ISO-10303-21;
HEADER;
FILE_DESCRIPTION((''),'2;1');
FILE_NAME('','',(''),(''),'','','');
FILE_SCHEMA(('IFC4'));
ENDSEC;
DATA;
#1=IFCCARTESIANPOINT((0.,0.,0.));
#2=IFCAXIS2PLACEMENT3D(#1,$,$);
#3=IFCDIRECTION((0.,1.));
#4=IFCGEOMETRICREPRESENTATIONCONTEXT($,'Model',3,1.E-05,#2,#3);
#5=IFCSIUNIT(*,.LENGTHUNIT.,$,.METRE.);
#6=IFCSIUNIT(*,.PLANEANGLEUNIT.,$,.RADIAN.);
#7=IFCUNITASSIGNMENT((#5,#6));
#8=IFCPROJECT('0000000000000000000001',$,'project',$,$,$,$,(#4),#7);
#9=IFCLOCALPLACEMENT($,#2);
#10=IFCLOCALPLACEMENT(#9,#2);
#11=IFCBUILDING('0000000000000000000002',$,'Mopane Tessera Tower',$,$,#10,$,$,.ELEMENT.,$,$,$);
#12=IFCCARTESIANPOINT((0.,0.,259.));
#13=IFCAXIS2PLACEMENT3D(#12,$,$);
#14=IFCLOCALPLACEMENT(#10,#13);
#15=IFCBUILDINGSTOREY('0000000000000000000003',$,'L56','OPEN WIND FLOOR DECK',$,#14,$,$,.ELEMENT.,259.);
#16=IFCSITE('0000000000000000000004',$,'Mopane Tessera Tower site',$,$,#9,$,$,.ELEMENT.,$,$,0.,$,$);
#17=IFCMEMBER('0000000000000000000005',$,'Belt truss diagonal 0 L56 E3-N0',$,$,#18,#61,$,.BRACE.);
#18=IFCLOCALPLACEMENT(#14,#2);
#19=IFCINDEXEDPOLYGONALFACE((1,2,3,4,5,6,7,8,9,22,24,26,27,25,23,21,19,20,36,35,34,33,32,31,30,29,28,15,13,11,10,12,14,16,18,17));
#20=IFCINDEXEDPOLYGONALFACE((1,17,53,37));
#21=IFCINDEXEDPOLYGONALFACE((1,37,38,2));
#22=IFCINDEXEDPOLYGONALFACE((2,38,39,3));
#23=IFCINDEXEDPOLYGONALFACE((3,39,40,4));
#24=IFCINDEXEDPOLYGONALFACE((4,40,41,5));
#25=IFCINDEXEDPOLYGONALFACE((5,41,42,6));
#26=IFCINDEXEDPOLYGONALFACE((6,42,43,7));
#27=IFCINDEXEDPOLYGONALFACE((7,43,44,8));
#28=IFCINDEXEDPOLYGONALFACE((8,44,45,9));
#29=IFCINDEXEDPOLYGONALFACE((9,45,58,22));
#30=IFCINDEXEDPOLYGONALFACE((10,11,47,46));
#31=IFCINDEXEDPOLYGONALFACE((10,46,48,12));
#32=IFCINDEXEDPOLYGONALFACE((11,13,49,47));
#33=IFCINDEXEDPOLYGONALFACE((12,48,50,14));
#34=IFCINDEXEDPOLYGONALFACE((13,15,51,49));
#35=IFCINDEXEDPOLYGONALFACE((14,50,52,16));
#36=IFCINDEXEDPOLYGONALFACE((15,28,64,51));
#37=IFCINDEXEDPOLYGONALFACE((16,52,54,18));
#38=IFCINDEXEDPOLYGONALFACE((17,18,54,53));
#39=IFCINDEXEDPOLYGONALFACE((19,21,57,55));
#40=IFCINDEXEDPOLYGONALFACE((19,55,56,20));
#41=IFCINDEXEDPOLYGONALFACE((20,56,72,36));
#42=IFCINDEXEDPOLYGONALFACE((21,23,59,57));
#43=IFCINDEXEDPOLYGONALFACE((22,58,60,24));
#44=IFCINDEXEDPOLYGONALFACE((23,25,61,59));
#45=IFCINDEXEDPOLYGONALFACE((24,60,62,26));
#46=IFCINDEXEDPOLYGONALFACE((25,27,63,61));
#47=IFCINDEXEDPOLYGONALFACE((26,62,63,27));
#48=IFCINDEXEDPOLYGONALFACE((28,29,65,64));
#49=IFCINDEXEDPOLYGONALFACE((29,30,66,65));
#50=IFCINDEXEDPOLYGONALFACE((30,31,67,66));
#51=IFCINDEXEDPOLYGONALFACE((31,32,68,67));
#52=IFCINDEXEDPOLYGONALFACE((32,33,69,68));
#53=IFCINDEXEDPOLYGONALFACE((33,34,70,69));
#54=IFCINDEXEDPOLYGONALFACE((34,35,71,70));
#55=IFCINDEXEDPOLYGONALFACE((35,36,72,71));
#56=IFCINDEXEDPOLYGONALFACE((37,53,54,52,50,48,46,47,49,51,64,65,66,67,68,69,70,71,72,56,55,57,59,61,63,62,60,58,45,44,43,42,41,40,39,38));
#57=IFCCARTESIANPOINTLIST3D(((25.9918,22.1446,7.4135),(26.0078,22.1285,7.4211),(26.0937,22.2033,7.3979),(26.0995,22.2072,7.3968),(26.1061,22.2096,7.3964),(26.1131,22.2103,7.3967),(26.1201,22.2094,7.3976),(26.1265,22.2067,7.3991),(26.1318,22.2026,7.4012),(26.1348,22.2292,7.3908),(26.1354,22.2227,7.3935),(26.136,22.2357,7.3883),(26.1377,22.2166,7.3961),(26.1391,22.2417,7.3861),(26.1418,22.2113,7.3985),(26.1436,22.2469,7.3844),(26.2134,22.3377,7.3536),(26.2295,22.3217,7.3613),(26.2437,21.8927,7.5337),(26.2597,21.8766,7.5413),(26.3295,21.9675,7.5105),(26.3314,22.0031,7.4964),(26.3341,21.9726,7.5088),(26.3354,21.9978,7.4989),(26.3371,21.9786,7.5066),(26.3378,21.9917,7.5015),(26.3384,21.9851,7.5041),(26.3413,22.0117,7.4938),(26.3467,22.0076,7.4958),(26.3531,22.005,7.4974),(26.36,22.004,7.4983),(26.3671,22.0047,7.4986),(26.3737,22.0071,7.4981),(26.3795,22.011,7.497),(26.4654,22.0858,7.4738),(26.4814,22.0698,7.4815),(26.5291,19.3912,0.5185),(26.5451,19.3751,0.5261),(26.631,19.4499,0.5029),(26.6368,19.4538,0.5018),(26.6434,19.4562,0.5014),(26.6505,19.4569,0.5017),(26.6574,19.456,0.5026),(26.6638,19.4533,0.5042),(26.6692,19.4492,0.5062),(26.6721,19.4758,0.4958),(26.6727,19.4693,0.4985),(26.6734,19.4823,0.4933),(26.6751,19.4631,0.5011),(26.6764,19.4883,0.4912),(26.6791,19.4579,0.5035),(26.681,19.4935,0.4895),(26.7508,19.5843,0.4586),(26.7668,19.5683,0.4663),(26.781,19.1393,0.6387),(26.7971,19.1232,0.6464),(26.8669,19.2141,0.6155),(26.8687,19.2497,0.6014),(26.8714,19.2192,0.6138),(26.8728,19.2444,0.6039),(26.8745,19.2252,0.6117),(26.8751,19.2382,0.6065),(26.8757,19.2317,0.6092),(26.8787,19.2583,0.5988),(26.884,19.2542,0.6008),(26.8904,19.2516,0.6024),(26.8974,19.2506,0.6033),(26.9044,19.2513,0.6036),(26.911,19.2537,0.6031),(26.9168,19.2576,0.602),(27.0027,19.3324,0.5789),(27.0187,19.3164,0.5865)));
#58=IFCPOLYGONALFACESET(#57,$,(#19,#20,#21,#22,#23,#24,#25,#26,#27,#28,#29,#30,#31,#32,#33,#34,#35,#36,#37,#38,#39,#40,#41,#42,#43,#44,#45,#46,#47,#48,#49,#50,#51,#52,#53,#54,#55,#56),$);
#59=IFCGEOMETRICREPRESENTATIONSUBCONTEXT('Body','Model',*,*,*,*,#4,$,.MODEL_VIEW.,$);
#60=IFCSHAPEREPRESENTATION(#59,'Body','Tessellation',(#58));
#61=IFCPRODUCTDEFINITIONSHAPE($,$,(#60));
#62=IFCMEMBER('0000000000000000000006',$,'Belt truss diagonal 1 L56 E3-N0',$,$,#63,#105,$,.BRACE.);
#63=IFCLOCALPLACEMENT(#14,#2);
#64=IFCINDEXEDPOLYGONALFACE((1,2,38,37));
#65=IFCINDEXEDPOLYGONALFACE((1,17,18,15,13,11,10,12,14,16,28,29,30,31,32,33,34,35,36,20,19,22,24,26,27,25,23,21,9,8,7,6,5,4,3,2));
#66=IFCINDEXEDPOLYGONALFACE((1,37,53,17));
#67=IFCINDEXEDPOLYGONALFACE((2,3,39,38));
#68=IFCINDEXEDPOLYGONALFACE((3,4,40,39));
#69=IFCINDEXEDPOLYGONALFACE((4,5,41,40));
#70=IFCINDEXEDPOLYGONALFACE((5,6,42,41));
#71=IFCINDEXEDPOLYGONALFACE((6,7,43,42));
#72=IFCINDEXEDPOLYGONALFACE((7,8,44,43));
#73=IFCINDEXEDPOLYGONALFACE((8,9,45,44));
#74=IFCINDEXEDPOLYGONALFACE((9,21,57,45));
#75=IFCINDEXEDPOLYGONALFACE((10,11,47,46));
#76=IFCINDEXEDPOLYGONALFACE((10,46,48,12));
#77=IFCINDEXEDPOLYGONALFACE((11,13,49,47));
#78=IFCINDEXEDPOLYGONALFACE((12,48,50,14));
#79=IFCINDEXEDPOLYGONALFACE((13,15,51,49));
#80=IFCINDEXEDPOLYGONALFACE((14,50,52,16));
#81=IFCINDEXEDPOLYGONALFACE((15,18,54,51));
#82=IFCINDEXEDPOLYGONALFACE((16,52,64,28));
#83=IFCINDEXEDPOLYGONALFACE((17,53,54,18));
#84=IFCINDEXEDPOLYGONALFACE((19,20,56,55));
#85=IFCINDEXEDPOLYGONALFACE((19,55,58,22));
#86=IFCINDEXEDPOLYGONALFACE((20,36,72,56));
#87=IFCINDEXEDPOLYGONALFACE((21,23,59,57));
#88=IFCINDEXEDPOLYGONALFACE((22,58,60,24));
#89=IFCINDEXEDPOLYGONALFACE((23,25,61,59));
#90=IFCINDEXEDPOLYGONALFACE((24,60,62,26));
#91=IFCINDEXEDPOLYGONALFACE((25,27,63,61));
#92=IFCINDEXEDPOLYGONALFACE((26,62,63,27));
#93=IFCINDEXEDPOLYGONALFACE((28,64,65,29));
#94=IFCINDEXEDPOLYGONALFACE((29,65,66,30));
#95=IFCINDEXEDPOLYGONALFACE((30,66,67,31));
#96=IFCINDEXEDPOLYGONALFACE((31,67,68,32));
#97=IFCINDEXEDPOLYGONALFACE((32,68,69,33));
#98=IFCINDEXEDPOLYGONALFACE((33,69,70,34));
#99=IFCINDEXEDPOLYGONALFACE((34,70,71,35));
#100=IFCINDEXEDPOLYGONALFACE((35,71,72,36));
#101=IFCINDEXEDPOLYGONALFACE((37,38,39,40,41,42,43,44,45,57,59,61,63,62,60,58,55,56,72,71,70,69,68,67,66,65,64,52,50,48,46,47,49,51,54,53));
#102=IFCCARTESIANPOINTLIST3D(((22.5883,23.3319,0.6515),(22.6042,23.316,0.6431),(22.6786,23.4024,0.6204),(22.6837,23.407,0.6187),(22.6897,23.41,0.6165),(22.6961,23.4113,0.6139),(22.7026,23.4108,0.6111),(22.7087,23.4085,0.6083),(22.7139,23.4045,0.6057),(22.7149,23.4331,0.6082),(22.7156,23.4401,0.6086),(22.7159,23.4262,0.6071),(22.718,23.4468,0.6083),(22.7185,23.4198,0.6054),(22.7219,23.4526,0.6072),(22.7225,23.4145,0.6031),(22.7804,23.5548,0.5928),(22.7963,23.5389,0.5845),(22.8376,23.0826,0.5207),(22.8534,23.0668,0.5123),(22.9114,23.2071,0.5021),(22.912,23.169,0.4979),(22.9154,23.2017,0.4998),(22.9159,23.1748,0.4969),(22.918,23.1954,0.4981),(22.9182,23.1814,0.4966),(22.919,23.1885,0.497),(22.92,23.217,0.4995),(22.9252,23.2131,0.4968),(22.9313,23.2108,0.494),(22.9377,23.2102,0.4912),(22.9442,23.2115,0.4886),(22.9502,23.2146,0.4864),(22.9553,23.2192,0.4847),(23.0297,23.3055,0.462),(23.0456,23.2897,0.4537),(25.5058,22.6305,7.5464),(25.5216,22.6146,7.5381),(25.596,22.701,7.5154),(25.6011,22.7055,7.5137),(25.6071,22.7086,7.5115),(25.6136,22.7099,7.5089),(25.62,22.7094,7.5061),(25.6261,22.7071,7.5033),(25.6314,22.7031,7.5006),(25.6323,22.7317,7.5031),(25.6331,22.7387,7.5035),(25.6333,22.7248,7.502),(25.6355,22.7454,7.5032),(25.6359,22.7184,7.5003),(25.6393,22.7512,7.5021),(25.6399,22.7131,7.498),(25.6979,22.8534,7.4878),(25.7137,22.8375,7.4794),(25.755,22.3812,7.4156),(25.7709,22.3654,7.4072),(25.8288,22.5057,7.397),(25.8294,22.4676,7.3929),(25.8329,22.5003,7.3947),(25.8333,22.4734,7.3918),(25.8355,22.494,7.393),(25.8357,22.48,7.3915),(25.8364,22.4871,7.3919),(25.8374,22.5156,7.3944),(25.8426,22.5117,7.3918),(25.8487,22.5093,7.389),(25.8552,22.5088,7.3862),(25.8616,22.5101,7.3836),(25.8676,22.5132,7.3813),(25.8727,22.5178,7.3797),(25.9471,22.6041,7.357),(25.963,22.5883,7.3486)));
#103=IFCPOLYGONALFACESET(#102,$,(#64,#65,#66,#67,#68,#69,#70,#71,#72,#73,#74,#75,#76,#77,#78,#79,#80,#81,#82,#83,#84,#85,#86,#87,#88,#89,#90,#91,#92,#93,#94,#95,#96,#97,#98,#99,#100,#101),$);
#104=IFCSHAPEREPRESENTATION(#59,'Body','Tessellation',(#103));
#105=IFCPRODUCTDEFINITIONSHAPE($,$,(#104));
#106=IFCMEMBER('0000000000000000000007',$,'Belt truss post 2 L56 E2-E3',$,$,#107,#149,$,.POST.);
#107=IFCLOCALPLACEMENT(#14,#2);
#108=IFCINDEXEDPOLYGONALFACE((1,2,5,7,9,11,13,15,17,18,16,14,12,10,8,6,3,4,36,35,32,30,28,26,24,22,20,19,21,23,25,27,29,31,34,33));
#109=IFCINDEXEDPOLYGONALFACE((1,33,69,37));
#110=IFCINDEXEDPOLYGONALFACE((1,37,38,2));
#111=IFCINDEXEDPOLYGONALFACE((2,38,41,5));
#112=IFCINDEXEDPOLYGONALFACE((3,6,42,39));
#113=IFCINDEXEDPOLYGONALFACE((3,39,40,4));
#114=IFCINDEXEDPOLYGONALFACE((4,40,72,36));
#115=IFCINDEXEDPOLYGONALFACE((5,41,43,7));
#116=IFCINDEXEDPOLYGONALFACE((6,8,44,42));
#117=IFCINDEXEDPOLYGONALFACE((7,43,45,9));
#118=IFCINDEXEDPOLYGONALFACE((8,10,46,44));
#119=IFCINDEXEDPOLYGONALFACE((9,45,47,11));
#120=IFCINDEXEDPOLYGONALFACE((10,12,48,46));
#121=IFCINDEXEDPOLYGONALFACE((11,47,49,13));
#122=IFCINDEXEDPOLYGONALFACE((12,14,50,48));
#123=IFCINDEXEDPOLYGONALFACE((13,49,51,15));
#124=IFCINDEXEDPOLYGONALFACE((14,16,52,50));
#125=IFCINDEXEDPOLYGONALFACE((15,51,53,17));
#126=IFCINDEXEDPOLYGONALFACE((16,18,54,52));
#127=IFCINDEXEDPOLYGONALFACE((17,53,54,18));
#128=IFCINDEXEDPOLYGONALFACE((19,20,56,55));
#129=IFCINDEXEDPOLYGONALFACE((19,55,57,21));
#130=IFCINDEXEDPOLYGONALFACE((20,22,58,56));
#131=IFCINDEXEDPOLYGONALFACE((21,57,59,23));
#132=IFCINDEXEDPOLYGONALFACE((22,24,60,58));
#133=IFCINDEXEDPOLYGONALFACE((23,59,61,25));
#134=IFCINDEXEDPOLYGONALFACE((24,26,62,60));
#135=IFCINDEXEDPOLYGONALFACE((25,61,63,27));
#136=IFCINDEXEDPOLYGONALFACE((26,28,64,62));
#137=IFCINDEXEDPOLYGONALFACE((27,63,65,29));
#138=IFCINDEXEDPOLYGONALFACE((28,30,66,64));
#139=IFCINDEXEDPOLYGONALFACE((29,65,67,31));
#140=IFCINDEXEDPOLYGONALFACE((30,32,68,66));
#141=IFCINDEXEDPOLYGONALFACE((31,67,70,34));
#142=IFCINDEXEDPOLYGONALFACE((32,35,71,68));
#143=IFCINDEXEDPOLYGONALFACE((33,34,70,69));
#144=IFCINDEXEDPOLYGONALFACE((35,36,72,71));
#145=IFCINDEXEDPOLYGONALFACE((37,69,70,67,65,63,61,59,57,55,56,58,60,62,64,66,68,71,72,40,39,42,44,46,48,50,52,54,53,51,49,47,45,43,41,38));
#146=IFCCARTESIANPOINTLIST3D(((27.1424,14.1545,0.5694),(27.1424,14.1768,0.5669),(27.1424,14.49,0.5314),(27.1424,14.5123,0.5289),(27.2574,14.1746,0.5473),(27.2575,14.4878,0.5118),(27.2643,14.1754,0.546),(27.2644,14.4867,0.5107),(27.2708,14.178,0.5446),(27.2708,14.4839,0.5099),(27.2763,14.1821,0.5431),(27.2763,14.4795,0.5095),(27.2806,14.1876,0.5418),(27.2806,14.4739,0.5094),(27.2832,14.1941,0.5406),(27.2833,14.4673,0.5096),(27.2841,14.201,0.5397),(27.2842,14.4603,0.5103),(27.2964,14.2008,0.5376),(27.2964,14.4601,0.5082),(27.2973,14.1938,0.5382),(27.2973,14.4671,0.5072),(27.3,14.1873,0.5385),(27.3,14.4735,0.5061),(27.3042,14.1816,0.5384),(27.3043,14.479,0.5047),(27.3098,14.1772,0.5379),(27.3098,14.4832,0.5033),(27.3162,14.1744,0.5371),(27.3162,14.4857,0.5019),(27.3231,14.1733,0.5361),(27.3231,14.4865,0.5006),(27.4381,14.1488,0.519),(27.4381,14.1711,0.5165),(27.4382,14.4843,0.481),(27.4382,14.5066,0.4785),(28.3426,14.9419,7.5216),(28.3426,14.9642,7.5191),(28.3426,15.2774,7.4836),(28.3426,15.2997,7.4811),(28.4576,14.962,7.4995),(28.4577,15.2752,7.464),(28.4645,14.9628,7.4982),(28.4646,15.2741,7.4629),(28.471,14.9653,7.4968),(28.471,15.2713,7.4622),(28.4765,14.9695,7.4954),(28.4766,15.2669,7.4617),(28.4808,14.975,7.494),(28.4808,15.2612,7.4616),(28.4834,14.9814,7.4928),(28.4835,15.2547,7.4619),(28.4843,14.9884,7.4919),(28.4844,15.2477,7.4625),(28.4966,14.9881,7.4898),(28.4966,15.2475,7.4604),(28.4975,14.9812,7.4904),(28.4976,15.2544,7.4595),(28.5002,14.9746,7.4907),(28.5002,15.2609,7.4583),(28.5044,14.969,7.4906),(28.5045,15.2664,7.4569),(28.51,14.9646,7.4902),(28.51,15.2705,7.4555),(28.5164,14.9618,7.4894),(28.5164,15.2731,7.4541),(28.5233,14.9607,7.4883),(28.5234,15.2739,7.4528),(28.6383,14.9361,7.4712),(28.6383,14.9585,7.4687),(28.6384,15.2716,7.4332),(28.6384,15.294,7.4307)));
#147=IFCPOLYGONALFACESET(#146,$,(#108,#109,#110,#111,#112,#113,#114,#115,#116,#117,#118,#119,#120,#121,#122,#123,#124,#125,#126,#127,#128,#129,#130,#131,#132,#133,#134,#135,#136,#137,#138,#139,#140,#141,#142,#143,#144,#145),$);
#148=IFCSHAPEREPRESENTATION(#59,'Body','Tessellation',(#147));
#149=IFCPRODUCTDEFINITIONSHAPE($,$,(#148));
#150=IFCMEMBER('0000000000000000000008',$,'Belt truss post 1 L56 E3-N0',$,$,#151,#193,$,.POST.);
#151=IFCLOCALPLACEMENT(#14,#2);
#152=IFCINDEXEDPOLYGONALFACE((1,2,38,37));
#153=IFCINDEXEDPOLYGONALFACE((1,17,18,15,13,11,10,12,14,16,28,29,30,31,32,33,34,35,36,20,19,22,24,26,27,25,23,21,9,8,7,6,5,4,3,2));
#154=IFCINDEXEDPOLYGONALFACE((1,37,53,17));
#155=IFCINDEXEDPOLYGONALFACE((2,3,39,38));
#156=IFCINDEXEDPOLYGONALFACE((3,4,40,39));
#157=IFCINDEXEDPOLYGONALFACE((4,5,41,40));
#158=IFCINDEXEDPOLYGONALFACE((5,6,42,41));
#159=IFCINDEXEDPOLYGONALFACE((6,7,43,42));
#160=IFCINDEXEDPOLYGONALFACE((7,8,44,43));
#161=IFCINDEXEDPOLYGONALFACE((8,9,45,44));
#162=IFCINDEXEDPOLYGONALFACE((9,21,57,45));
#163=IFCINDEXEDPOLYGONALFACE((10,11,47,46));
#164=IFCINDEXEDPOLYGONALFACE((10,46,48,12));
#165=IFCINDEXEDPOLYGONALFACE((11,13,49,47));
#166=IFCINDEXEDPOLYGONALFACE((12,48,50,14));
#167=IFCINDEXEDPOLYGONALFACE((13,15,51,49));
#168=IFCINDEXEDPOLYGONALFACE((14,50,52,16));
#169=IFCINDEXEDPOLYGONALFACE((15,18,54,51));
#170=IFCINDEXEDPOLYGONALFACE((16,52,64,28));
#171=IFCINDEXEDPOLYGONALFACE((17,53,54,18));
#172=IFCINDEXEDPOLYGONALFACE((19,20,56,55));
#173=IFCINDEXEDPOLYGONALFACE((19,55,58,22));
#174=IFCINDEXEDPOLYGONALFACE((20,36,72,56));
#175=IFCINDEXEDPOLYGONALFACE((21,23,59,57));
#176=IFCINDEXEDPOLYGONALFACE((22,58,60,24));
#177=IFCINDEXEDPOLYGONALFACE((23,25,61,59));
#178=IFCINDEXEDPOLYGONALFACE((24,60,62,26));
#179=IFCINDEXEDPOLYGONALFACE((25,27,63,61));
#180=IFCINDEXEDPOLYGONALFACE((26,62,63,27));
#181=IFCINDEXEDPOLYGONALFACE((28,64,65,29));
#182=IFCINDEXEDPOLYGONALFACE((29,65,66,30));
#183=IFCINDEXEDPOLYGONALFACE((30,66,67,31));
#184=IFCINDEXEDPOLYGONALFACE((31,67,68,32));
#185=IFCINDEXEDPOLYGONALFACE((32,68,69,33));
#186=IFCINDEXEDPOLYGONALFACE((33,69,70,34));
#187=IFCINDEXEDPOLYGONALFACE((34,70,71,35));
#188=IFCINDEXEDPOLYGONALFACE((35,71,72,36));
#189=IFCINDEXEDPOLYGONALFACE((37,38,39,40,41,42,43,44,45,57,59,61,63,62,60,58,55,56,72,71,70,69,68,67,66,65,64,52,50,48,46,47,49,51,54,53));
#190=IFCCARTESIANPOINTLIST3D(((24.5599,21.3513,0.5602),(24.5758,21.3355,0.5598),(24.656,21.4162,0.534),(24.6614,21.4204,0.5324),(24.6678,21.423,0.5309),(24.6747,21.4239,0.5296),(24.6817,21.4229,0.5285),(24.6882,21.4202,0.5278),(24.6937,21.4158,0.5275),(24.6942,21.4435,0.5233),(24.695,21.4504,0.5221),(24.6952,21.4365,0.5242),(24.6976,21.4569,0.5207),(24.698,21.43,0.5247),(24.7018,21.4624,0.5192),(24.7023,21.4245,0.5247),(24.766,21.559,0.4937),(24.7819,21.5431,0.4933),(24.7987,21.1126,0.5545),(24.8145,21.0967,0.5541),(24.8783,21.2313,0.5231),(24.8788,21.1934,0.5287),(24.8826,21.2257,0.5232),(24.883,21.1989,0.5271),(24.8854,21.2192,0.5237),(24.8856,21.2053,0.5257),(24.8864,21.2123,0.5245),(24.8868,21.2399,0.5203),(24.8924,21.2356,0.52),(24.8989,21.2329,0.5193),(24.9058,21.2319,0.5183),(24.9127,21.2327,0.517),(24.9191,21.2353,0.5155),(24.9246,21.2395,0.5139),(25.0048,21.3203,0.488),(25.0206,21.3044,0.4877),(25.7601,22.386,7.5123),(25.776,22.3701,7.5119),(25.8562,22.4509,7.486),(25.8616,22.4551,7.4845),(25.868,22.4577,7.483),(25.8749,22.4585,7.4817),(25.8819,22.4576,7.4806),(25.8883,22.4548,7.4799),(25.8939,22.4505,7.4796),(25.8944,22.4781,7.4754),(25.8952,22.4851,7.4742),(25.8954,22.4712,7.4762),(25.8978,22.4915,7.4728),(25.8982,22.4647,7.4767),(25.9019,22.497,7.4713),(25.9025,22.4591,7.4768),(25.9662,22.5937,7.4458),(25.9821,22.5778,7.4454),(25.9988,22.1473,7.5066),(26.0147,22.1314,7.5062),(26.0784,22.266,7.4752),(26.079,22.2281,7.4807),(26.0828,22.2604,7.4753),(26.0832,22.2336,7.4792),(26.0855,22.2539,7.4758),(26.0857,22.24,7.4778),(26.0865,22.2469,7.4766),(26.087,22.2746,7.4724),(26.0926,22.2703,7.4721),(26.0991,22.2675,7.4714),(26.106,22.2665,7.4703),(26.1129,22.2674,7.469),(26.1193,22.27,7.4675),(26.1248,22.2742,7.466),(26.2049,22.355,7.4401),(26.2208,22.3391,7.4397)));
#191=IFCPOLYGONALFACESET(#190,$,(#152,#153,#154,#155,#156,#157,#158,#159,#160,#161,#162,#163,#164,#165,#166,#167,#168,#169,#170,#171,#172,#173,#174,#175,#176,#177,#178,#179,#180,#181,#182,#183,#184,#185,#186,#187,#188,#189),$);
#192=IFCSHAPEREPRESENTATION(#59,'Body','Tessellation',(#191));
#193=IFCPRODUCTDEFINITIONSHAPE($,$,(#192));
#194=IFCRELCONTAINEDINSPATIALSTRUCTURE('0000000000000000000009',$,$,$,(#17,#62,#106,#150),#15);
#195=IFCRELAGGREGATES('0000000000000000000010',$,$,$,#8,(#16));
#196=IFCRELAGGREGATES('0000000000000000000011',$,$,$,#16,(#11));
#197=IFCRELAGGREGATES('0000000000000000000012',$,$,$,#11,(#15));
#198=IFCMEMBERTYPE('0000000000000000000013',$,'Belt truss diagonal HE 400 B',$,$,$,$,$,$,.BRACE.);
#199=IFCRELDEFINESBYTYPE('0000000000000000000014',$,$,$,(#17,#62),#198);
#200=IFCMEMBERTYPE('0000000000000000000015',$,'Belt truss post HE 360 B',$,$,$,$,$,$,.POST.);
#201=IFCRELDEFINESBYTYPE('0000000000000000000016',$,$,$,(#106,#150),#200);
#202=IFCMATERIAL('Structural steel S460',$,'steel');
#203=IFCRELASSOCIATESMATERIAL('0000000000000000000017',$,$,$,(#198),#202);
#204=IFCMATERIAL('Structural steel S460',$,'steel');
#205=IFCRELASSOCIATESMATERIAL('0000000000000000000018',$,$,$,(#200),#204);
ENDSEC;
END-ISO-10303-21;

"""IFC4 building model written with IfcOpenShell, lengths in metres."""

from ifc_helpers import new_model, si_unit, direction, frame, origin, origin_2d, place, context, subcontext, project, spatial, i_section, extrude, material, material_profile, profile_set, type_object, element, save


model = new_model("IFC4")

# Units and contexts
model_context = context("Model", 3, precision=1e-05, world=origin(), true_north=direction((0.0, 1.0)))
body_context = subcontext(model_context, "Body", "Model", "MODEL_VIEW")
ifc_project = project(units=[si_unit("LENGTHUNIT", "METRE"), si_unit("PLANEANGLEUNIT", "RADIAN")], contexts=[model_context])

# Site, building, storey
site_placement = place(None, origin())
site = spatial("IfcSite", under=ifc_project, at=site_placement, Name="Mopane Tessera Tower site", CompositionType="ELEMENT", RefElevation=0.0)
building_placement = place(site_placement, origin())
building = spatial("IfcBuilding", under=site, at=building_placement, Name="Mopane Tessera Tower", CompositionType="ELEMENT")
storey_placement = place(building_placement, frame((0.0, 0.0, 259.0)))
storey = spatial("IfcBuildingStorey", under=building, at=storey_placement, Name="L56", Description="OPEN WIND FLOOR DECK", CompositionType="ELEMENT", Elevation=259.0)

# Members
ifc_material_1 = material(Name="Structural steel S460", Category="steel")
ifc_material_profile_1 = material_profile(ifc_material_1, i_section(OverallWidth=0.3, OverallDepth=0.3999, WebThickness=0.0134, FlangeThickness=0.0239, FilletRadius=0.0271, at=origin_2d()))
ifc_profile_set_1 = profile_set([ifc_material_profile_1], Name="Structural steel S460")
member_type_1 = type_object("IfcMemberType", Name="Belt truss diagonal HE 400 B", PredefinedType="BRACE", material=ifc_profile_set_1)
member_1_placement = place(storey_placement, frame((26.7739, 19.3538, 0.5525), z_axis=(-0.072187, 0.36989, 0.926267), x_axis=(-0.738837, -0.643687, 0.199466)))
element("IfcMember", 1, at=member_1_placement, inside=storey, type_object=member_type_1, Name="Belt truss diagonal 0 L56 E3-N0", PredefinedType="BRACE", context=body_context, shape_type="SweptSolid", body=[
    extrude(i_section(OverallWidth=0.3, OverallDepth=0.3999, WebThickness=0.0134, FlangeThickness=0.0239, FilletRadius=0.0271, at=origin_2d()), origin(), (0.0, 0.0, 1.0), 7.4438),
])
member_2_placement = place(storey_placement, frame((25.7344, 22.6094, 7.4475), z_axis=(-0.387981, 0.093278, -0.916935), x_axis=(-0.640323, -0.742843, 0.195371)))
element("IfcMember", 2, at=member_2_placement, inside=storey, type_object=member_type_1, Name="Belt truss diagonal 1 L56 E3-N0", PredefinedType="BRACE", context=body_context, shape_type="SweptSolid", body=[
    extrude(i_section(OverallWidth=0.3, OverallDepth=0.3999, WebThickness=0.0134, FlangeThickness=0.0239, FilletRadius=0.0271, at=origin_2d()), origin(), (0.0, 0.0, 1.0), 7.5195),
])
ifc_material_2 = material(Name="Structural steel S460", Category="steel")
ifc_material_profile_2 = material_profile(ifc_material_2, i_section(OverallWidth=0.3, OverallDepth=0.3601, WebThickness=0.0125, FlangeThickness=0.0225, FilletRadius=0.0271, at=origin_2d()))
ifc_profile_set_2 = profile_set([ifc_material_profile_2], Name="Structural steel S460")
member_type_2 = type_object("IfcMemberType", Name="Belt truss post HE 360 B", PredefinedType="POST", material=ifc_profile_set_2)
member_3_placement = place(storey_placement, frame((27.2903, 14.3306, 0.5239), z_axis=(0.169071, 0.110914, 0.979343), x_axis=(-0.985604, 0.019141, 0.167984)))
element("IfcMember", 3, at=member_3_placement, inside=storey, type_object=member_type_2, Name="Belt truss post 2 L56 E2-E3", PredefinedType="POST", context=body_context, shape_type="SweptSolid", body=[
    extrude(i_section(OverallWidth=0.3, OverallDepth=0.3601, WebThickness=0.0125, FlangeThickness=0.0225, FilletRadius=0.0271, at=origin_2d()), origin(), (0.0, 0.0, 1.0), 7.0989),
])
member_4_placement = place(storey_placement, frame((24.7903, 21.3279, 0.5239), z_axis=(0.16832, 0.145105, 0.974994), x_axis=(-0.686891, -0.692154, 0.221594)))
element("IfcMember", 4, at=member_4_placement, inside=storey, type_object=member_type_2, Name="Belt truss post 1 L56 E3-N0", PredefinedType="POST", context=body_context, shape_type="SweptSolid", body=[
    extrude(i_section(OverallWidth=0.3, OverallDepth=0.3601, WebThickness=0.0125, FlangeThickness=0.0225, FilletRadius=0.0271, at=origin_2d()), origin(), (0.0, 0.0, 1.0), 7.1304),
])

save(model, "model.ifc")
